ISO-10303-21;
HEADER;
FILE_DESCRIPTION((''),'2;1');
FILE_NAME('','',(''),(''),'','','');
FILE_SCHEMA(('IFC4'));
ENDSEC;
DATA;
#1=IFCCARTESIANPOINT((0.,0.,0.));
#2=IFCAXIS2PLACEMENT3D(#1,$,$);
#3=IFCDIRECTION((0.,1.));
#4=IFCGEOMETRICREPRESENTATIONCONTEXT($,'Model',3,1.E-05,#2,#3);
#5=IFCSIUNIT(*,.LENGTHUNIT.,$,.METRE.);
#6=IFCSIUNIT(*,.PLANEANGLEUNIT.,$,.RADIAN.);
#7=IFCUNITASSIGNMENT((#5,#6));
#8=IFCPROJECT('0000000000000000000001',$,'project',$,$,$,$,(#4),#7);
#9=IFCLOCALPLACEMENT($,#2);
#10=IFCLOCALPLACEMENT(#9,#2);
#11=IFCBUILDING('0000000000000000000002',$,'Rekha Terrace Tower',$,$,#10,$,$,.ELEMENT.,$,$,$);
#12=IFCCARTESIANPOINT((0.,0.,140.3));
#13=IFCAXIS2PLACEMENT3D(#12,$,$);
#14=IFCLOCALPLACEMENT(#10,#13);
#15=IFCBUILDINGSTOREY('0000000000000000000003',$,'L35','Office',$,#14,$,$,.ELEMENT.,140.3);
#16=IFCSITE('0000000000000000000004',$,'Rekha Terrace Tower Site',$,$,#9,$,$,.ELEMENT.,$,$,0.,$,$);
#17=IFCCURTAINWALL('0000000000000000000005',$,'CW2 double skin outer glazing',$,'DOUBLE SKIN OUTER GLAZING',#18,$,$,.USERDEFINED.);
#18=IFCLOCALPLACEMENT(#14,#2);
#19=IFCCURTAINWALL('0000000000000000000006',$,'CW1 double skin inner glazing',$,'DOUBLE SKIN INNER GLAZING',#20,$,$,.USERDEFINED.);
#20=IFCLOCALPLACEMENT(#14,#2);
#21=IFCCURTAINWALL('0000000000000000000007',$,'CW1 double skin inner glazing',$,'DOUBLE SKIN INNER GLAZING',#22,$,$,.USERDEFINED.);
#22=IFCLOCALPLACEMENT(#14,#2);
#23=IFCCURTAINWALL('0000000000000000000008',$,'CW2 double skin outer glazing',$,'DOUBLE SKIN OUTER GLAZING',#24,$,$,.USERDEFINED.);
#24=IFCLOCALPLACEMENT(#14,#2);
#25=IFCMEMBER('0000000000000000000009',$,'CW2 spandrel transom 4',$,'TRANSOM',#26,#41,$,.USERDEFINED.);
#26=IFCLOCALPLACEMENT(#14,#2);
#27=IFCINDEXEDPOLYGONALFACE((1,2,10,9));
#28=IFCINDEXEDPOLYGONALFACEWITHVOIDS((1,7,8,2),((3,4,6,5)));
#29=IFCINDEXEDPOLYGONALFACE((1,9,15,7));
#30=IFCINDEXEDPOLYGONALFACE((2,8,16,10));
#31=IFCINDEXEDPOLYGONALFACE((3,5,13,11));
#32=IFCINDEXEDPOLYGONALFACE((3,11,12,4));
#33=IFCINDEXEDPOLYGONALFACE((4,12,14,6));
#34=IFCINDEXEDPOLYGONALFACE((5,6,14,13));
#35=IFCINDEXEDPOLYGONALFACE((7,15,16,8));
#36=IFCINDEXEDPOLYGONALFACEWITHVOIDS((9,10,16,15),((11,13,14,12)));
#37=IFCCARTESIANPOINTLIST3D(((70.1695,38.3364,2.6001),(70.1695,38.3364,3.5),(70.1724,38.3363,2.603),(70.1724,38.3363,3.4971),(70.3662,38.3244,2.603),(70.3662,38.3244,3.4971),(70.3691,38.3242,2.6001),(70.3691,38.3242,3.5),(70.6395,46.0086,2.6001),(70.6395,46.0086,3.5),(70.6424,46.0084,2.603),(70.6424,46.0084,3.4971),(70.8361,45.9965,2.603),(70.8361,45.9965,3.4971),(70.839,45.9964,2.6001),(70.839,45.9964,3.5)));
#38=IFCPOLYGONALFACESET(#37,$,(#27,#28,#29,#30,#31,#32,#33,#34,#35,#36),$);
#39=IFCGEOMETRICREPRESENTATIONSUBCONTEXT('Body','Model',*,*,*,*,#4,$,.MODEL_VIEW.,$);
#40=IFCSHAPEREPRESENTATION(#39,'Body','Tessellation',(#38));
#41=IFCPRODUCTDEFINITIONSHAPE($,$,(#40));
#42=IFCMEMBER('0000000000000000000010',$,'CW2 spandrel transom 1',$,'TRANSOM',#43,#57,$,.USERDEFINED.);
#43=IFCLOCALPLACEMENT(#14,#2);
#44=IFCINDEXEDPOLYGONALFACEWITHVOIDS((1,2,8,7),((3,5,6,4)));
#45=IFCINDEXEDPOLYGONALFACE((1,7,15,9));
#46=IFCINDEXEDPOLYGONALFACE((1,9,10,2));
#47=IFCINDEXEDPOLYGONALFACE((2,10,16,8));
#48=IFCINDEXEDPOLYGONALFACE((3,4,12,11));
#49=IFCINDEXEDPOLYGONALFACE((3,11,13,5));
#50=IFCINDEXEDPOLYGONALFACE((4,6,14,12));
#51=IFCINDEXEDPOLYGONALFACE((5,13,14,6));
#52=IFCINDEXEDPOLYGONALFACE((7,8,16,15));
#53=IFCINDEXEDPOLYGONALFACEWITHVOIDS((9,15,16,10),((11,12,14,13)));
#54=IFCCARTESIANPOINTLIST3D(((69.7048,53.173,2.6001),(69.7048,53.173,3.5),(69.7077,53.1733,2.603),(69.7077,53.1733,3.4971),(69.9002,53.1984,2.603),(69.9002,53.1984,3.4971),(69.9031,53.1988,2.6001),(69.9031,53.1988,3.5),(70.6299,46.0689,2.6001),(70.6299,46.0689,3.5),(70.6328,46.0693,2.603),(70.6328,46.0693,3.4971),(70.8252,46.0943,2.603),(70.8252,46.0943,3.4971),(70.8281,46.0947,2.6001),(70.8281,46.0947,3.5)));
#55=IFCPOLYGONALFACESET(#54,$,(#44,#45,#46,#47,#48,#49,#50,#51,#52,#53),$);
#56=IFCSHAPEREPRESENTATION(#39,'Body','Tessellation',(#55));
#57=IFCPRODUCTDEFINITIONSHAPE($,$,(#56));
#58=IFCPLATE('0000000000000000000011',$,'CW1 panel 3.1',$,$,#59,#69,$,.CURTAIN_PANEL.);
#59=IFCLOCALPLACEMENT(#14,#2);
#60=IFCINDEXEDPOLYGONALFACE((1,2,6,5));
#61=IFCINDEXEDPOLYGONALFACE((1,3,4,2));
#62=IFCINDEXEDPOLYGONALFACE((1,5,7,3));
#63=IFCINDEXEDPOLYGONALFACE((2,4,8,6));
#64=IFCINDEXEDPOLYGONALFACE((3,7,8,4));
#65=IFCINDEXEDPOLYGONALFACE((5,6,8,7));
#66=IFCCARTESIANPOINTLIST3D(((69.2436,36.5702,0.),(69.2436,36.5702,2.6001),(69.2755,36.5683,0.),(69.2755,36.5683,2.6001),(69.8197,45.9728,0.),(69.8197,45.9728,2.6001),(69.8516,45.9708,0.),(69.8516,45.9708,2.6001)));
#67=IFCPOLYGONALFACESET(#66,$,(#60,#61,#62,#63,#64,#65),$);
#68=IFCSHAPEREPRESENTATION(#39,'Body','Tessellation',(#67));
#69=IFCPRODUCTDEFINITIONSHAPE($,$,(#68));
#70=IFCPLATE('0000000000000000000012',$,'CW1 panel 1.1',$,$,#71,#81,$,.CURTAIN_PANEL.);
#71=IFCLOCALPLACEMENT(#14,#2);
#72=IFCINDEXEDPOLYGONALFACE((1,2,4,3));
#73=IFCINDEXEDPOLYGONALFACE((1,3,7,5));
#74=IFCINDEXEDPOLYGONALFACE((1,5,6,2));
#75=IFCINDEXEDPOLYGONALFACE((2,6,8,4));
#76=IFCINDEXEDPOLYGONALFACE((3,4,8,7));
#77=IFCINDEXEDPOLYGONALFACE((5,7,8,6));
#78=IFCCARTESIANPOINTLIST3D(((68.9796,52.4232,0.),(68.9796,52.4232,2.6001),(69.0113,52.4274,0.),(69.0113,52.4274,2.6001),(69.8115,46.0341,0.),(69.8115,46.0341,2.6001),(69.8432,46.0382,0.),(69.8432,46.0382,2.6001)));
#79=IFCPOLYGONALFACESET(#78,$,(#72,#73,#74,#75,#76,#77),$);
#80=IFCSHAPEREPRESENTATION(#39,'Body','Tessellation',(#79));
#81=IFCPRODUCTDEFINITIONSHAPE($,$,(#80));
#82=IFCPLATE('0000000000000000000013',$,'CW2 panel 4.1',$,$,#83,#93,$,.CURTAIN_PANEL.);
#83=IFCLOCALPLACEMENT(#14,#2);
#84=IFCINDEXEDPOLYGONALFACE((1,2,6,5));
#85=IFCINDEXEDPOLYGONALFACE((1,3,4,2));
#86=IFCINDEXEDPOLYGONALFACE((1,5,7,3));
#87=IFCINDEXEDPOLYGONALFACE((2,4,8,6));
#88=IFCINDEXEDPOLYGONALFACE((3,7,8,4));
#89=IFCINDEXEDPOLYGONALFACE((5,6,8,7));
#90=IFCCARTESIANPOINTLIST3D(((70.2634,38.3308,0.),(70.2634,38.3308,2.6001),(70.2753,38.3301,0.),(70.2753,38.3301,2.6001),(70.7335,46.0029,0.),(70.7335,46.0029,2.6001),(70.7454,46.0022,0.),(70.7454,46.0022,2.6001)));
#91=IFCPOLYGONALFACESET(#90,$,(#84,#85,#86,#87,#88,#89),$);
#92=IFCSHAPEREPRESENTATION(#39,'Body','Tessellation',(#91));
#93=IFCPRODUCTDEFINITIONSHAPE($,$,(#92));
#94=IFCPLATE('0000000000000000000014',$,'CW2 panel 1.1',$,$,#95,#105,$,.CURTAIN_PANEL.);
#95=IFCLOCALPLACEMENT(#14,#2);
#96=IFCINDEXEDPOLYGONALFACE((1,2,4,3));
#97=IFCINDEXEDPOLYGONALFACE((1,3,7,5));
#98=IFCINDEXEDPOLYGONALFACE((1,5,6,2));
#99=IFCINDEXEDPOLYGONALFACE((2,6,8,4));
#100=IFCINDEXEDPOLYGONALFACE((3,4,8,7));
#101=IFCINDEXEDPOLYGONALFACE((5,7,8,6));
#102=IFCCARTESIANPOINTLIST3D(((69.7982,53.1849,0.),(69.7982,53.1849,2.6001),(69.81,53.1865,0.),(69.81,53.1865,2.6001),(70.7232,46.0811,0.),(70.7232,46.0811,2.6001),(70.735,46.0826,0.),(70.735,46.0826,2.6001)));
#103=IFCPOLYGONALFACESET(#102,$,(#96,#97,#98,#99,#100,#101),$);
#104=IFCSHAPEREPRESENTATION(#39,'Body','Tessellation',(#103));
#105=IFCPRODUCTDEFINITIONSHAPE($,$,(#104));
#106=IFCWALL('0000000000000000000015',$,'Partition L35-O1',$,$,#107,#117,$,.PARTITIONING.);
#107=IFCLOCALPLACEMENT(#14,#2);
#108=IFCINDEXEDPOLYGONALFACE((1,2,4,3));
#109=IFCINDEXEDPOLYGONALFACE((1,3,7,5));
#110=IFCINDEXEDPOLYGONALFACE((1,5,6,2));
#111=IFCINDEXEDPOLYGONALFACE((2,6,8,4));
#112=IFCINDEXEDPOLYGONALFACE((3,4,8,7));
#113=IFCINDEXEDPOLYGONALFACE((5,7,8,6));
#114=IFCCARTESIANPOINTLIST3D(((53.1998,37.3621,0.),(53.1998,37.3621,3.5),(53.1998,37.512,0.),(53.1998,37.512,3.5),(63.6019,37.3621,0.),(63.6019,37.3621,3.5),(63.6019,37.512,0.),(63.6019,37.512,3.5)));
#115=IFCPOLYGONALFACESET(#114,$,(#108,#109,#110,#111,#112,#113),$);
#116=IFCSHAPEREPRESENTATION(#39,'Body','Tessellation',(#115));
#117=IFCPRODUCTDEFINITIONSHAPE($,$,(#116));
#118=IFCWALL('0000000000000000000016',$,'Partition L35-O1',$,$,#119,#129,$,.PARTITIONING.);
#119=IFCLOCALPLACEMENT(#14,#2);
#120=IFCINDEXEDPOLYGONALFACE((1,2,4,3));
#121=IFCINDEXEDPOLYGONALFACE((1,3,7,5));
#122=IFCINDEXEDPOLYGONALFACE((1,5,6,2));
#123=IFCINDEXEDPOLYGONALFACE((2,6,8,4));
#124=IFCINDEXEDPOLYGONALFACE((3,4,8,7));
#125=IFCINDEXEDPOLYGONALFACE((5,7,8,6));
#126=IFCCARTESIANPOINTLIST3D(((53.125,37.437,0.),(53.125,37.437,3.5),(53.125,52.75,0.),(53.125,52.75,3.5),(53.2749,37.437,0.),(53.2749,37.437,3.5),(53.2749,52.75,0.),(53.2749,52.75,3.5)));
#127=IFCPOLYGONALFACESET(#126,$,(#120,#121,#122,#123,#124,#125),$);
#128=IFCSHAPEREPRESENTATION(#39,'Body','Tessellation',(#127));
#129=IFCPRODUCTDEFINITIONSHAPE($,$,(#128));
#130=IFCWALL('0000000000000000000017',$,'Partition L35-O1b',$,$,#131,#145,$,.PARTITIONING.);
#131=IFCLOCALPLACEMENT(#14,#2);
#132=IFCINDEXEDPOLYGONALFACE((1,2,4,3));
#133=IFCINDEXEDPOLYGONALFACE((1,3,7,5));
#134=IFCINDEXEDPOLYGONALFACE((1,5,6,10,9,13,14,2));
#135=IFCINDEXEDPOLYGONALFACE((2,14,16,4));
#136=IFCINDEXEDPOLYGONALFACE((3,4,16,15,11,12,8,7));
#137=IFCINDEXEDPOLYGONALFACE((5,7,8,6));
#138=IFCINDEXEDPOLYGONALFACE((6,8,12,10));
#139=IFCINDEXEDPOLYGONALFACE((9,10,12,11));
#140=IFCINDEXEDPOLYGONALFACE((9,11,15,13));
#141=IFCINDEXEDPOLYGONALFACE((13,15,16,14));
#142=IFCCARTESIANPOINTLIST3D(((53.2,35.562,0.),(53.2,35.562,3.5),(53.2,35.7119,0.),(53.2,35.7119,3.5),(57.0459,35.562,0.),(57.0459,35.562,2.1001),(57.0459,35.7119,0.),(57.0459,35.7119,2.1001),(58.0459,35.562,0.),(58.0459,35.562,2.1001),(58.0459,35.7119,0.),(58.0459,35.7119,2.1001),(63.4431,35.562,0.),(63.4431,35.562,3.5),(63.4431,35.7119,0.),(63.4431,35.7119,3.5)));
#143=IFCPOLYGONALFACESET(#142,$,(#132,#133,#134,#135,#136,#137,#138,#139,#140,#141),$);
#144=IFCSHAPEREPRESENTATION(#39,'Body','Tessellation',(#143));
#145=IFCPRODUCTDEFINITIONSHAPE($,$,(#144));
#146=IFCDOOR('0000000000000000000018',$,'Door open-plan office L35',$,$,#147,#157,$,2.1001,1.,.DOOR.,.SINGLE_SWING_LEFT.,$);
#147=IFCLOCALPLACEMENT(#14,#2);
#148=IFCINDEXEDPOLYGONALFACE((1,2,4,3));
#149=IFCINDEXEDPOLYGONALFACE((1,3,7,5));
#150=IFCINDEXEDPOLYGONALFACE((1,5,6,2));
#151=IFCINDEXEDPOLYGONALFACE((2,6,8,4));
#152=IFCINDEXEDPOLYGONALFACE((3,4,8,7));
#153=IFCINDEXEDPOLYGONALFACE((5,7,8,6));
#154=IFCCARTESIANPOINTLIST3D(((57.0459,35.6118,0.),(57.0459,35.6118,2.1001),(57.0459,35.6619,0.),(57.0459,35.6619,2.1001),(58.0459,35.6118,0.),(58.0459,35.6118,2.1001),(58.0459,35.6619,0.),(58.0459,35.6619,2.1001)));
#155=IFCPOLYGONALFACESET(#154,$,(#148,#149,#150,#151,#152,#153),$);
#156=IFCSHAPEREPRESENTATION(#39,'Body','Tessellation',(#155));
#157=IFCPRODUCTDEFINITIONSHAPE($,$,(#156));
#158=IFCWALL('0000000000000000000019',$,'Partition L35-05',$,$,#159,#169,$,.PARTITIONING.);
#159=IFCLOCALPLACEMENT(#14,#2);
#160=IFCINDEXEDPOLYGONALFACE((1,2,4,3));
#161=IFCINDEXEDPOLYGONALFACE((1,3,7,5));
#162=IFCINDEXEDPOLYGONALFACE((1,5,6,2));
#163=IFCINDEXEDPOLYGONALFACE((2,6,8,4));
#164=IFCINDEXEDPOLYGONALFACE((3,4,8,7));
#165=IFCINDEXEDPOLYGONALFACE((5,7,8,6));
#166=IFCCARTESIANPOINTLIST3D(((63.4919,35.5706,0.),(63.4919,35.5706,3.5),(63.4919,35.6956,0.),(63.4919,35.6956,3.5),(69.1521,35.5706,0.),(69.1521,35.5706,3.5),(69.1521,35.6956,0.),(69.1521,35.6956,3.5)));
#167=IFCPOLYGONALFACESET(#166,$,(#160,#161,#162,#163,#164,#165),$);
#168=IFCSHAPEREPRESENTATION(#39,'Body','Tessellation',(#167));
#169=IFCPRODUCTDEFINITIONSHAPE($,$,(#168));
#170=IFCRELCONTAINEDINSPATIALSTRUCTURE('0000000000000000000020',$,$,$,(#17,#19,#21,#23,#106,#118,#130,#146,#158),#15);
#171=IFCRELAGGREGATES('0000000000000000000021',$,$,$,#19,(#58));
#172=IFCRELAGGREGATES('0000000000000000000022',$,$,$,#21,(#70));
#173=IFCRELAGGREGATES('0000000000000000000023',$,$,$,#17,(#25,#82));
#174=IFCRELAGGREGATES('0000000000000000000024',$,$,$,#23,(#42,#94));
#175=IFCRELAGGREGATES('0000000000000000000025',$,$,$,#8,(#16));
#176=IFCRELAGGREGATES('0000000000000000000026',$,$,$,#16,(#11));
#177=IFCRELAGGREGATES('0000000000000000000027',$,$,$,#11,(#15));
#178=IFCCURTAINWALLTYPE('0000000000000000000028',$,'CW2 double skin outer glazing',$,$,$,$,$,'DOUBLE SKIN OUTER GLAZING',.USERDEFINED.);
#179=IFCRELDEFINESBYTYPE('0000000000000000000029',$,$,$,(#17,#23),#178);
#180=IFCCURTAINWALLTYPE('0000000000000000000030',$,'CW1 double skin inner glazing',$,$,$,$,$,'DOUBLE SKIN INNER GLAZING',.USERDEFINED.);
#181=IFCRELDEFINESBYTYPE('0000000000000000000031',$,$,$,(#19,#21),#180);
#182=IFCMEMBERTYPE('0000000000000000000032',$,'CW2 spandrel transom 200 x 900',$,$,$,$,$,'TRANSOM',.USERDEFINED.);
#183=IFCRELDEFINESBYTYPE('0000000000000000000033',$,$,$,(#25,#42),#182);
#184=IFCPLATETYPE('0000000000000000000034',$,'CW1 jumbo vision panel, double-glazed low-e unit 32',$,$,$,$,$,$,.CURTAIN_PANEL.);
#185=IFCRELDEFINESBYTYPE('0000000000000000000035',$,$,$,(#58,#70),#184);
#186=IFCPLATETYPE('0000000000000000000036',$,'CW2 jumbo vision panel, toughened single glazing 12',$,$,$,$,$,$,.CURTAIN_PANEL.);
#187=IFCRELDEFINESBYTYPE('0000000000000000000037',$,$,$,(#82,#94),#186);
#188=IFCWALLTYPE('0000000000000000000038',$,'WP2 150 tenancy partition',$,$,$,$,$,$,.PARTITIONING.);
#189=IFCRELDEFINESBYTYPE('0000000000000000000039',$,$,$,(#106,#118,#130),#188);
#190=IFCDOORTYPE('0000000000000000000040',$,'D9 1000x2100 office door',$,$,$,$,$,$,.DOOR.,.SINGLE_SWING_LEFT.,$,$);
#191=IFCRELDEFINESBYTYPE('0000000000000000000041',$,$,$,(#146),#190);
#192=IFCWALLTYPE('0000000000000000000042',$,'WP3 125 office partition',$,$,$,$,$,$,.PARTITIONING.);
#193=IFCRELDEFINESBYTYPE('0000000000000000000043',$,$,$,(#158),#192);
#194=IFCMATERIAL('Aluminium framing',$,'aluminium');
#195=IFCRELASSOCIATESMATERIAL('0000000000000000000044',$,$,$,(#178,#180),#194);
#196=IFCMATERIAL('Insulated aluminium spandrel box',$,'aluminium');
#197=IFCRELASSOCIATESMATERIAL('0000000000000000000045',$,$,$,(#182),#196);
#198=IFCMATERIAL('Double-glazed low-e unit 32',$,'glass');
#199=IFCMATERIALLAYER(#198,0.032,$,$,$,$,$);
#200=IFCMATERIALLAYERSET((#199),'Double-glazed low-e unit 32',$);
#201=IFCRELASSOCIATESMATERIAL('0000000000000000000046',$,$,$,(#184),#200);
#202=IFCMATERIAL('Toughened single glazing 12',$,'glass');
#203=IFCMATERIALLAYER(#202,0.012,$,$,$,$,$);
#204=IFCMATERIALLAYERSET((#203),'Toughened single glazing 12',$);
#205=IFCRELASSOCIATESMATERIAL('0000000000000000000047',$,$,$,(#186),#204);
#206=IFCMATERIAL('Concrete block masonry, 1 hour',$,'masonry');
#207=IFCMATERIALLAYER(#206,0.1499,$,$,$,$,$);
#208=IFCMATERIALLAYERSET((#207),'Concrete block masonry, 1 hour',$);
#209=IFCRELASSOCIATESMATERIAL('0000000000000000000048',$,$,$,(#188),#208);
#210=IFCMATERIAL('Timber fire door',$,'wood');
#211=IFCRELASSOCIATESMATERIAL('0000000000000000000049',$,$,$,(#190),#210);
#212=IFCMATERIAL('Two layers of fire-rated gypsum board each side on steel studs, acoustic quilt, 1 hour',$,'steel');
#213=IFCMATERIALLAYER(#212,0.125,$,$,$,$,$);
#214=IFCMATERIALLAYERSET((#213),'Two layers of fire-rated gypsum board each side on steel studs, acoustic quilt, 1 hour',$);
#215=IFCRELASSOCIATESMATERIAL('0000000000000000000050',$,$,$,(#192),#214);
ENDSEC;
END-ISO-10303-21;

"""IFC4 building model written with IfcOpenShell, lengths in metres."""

from ifc_helpers import new_model, si_unit, direction, frame, frame_2d, origin, origin_2d, place, context, subcontext, project, spatial, rectangle, hollow_rectangle, extrude, material, layer, layer_set, material_profile, profile_set, type_object, element, fill, aggregate, save


model = new_model("IFC4")

# Units and contexts
model_context = context("Model", 3, precision=1e-05, world=origin(), true_north=direction((0.0, 1.0)))
body_context = subcontext(model_context, "Body", "Model", "MODEL_VIEW")
ifc_project = project(units=[si_unit("LENGTHUNIT", "METRE"), si_unit("PLANEANGLEUNIT", "RADIAN")], contexts=[model_context])

# Site, building, storey
site_placement = place(None, origin())
site = spatial("IfcSite", under=ifc_project, at=site_placement, Name="Rekha Terrace Tower Site", CompositionType="ELEMENT", RefElevation=0.0)
building_placement = place(site_placement, origin())
building = spatial("IfcBuilding", under=site, at=building_placement, Name="Rekha Terrace Tower", CompositionType="ELEMENT")
storey_placement = place(building_placement, frame((0.0, 0.0, 140.3)))
storey = spatial("IfcBuildingStorey", under=building, at=storey_placement, Name="L35", Description="Office", CompositionType="ELEMENT", Elevation=140.3)

# Curtain walls
ifc_material_1 = material(Name="Aluminium framing", Category="aluminium")
curtain_wall_type_1 = type_object("IfcCurtainWallType", Name="CW2 double skin outer glazing", ElementType="DOUBLE SKIN OUTER GLAZING", PredefinedType="USERDEFINED", material=ifc_material_1)
curtain_wall_1_placement = place(storey_placement, origin())
curtain_wall_1 = element("IfcCurtainWall", 1, at=curtain_wall_1_placement, inside=storey, type_object=curtain_wall_type_1, Name="CW2 double skin outer glazing", ObjectType="DOUBLE SKIN OUTER GLAZING", PredefinedType="USERDEFINED")
curtain_wall_type_2 = type_object("IfcCurtainWallType", Name="CW1 double skin inner glazing", ElementType="DOUBLE SKIN INNER GLAZING", PredefinedType="USERDEFINED", material=ifc_material_1)
curtain_wall_2_placement = place(storey_placement, origin())
curtain_wall_2 = element("IfcCurtainWall", 2, at=curtain_wall_2_placement, inside=storey, type_object=curtain_wall_type_2, Name="CW1 double skin inner glazing", ObjectType="DOUBLE SKIN INNER GLAZING", PredefinedType="USERDEFINED")
curtain_wall_3_placement = place(storey_placement, origin())
curtain_wall_3 = element("IfcCurtainWall", 3, at=curtain_wall_3_placement, inside=storey, type_object=curtain_wall_type_2, Name="CW1 double skin inner glazing", ObjectType="DOUBLE SKIN INNER GLAZING", PredefinedType="USERDEFINED")

# Shared definitions
ifc_material_2 = material(Name="Insulated aluminium spandrel box", Category="aluminium")

# Curtain wall
curtain_wall_4_placement = place(storey_placement, origin())
curtain_wall_4 = element("IfcCurtainWall", 4, at=curtain_wall_4_placement, inside=storey, type_object=curtain_wall_type_1, Name="CW2 double skin outer glazing", ObjectType="DOUBLE SKIN OUTER GLAZING", PredefinedType="USERDEFINED")

# Members
ifc_material_profile_1 = material_profile(ifc_material_2, hollow_rectangle(XDim=0.2, YDim=0.8999, WallThickness=0.0029, at=origin_2d()), Name="AL SPANDREL BOX 200x900")
ifc_profile_set_1 = profile_set([ifc_material_profile_1], Name="Insulated aluminium spandrel box")
member_type_1 = type_object("IfcMemberType", Name="CW2 spandrel transom 200 x 900", ElementType="TRANSOM", PredefinedType="USERDEFINED", material=ifc_profile_set_1)
member_1_placement = place(storey_placement, frame((70.2693, 38.3303, 3.05), z_axis=(0.061142, 0.998129, 0.0), x_axis=(-0.998129, 0.061142, 0.0)))
member_1 = element("IfcMember", 5, at=member_1_placement, type_object=member_type_1, Name="CW2 spandrel transom 4", ObjectType="TRANSOM", PredefinedType="USERDEFINED", context=body_context, shape_type="SweptSolid", body=[
    extrude(hollow_rectangle(XDim=0.2, YDim=0.8999, WallThickness=0.0029, at=origin_2d()), origin(), (0.0, 0.0, 1.0), 7.6865),
])
member_2_placement = place(storey_placement, frame((70.729, 46.0818, 3.05), z_axis=(-0.129125, 0.991628, 0.0), x_axis=(-0.991628, -0.129125, 0.0)))
member_2 = element("IfcMember", 6, at=member_2_placement, type_object=member_type_1, Name="CW2 spandrel transom 1", ObjectType="TRANSOM", PredefinedType="USERDEFINED", context=body_context, shape_type="SweptSolid", body=[
    extrude(hollow_rectangle(XDim=0.2, YDim=0.8999, WallThickness=0.0029, at=origin_2d()), origin(), (0.0, 0.0, 1.0), 7.1641),
])

# Plates
ifc_material_3 = material(Name="Double-glazed low-e unit 32", Category="glass")
ifc_layer_1 = layer(ifc_material_3, 0.032)
ifc_layer_set_1 = layer_set([ifc_layer_1], Name="Double-glazed low-e unit 32")
plate_type_1 = type_object("IfcPlateType", Name="CW1 jumbo vision panel, double-glazed low-e unit 32", PredefinedType="CURTAIN_PANEL", material=ifc_layer_set_1)
plate_1_placement = place(storey_placement, frame((69.5476, 41.2705, 0.0), z_axis=(0.0, 0.0, 1.0), x_axis=(0.06116, 0.998128, 0.0)))
plate_1 = element("IfcPlate", 7, at=plate_1_placement, type_object=plate_type_1, Name="CW1 panel 3.1", PredefinedType="CURTAIN_PANEL", context=body_context, shape_type="SweptSolid", body=[
    extrude(rectangle(XDim=9.4202, YDim=0.032, at=origin_2d()), origin(), (0.0, 0.0, 1.0), 2.6001),
])
aggregate(curtain_wall_2, [plate_1])
plate_2_placement = place(storey_placement, frame((69.4114, 49.2307, 0.0), z_axis=(0.0, 0.0, 1.0), x_axis=(-0.129118, 0.991629, 0.0)))
plate_2 = element("IfcPlate", 8, at=plate_2_placement, type_object=plate_type_1, Name="CW1 panel 1.1", PredefinedType="CURTAIN_PANEL", context=body_context, shape_type="SweptSolid", body=[
    extrude(rectangle(XDim=6.4431, YDim=0.032, at=origin_2d()), origin(), (0.0, 0.0, 1.0), 2.6001),
])
aggregate(curtain_wall_3, [plate_2])
ifc_material_4 = material(Name="Toughened single glazing 12", Category="glass")
ifc_layer_2 = layer(ifc_material_4, 0.012)
ifc_layer_set_2 = layer_set([ifc_layer_2], Name="Toughened single glazing 12")
plate_type_2 = type_object("IfcPlateType", Name="CW2 jumbo vision panel, toughened single glazing 12", PredefinedType="CURTAIN_PANEL", material=ifc_layer_set_2)
plate_3_placement = place(storey_placement, frame((70.5044, 42.1665, 0.0), z_axis=(0.0, 0.0, 1.0), x_axis=(0.06116, 0.998128, 0.0)))
plate_3 = element("IfcPlate", 9, at=plate_3_placement, type_object=plate_type_2, Name="CW2 panel 4.1", PredefinedType="CURTAIN_PANEL", context=body_context, shape_type="SweptSolid", body=[
    extrude(rectangle(XDim=7.6865, YDim=0.012, at=origin_2d()), origin(), (0.0, 0.0, 1.0), 2.6001),
])
aggregate(curtain_wall_1, [member_1, plate_3])
plate_4_placement = place(storey_placement, frame((70.2666, 49.6338, 0.0), z_axis=(0.0, 0.0, 1.0), x_axis=(-0.129118, 0.991629, 0.0)))
plate_4 = element("IfcPlate", 10, at=plate_4_placement, type_object=plate_type_2, Name="CW2 panel 1.1", PredefinedType="CURTAIN_PANEL", context=body_context, shape_type="SweptSolid", body=[
    extrude(rectangle(XDim=7.1638, YDim=0.012, at=origin_2d()), origin(), (0.0, 0.0, 1.0), 2.6001),
])
aggregate(curtain_wall_4, [member_2, plate_4])

# Walls
ifc_material_5 = material(Name="Concrete block masonry, 1 hour", Category="masonry")
ifc_layer_3 = layer(ifc_material_5, 0.1499)
ifc_layer_set_3 = layer_set([ifc_layer_3], Name="Concrete block masonry, 1 hour")
wall_type_1 = type_object("IfcWallType", Name="WP2 150 tenancy partition", PredefinedType="PARTITIONING", material=ifc_layer_set_3)
wall_1_placement = place(storey_placement, frame((63.6021, 37.437, 0.0), z_axis=(0.0, 0.0, 1.0), x_axis=(-1.0, 0.0, 0.0)))
element("IfcWall", 11, at=wall_1_placement, inside=storey, type_object=wall_type_1, Name="Partition L35-O1", PredefinedType="PARTITIONING", context=body_context, shape_type="SweptSolid", body=[
    extrude(rectangle(XDim=10.4021, YDim=0.1499, at=frame_2d((5.2012, 0.0))), origin(), (0.0, 0.0, 1.0), 3.5),
])
wall_2_placement = place(storey_placement, frame((53.2, 37.437, 0.0), z_axis=(0.0, 0.0, 1.0), x_axis=(0.0, 1.0, 0.0)))
element("IfcWall", 12, at=wall_2_placement, inside=storey, type_object=wall_type_1, Name="Partition L35-O1", PredefinedType="PARTITIONING", context=body_context, shape_type="SweptSolid", body=[
    extrude(rectangle(XDim=15.313, YDim=0.1499, at=frame_2d((7.6565, 0.0))), origin(), (0.0, 0.0, 1.0), 3.5),
])

# Wall, opening, door
wall_3_placement = place(storey_placement, frame((53.2, 35.637, 0.0), z_axis=(0.0, 0.0, 1.0), x_axis=(1.0, 0.0, 0.0)))
wall_3 = element("IfcWall", 13, at=wall_3_placement, inside=storey, type_object=wall_type_1, Name="Partition L35-O1b", PredefinedType="PARTITIONING", context=body_context, shape_type="SweptSolid", body=[
    extrude(rectangle(XDim=10.2432, YDim=0.1499, at=frame_2d((5.1216, 0.0))), origin(), (0.0, 0.0, 1.0), 3.5),
])
opening_1_placement = place(wall_3_placement, frame((3.8459, 0.0, 0.0)))
opening_1 = element("IfcOpeningElement", 14, at=opening_1_placement, cuts=wall_3, PredefinedType="OPENING", context=body_context, shape_type="SweptSolid", body=[
    extrude(rectangle(XDim=1.0, YDim=2.1001, at=frame_2d((0.5, 1.05))), frame((0.0, 0.085, 0.0), z_axis=(0.0, -1.0, 0.0), x_axis=(1.0, 0.0, 0.0)), (0.0, 0.0, 1.0), 0.1699),
])
ifc_material_6 = material(Name="Timber fire door", Category="wood")
door_type = type_object("IfcDoorType", Name="D9 1000x2100 office door", OperationType="SINGLE_SWING_LEFT", PredefinedType="DOOR", material=ifc_material_6)
door_1_placement = place(opening_1_placement, origin())
door_1 = element("IfcDoor", 15, at=door_1_placement, inside=storey, type_object=door_type, Name="Door open-plan office L35", OperationType="SINGLE_SWING_LEFT", OverallHeight=2.1001, OverallWidth=1.0, PredefinedType="DOOR", context=body_context, shape_type="SweptSolid", body=[
    extrude(rectangle(XDim=1.0, YDim=2.1001, at=frame_2d((0.5, 1.05))), frame((0.0, 0.0249, 0.0), z_axis=(0.0, -1.0, 0.0), x_axis=(1.0, 0.0, 0.0)), (0.0, 0.0, 1.0), 0.05),
])
fill(opening_1, door_1)

# Wall
ifc_material_7 = material(Name="Two layers of fire-rated gypsum board each side on steel studs, acoustic quilt, 1 hour", Category="steel")
ifc_layer_4 = layer(ifc_material_7, 0.125)
ifc_layer_set_4 = layer_set([ifc_layer_4], Name="Two layers of fire-rated gypsum board each side on steel studs, acoustic quilt, 1 hour")
wall_type_2 = type_object("IfcWallType", Name="WP3 125 office partition", PredefinedType="PARTITIONING", material=ifc_layer_set_4)
wall_4_placement = place(storey_placement, frame((63.4919, 35.6331, 0.0), z_axis=(0.0, 0.0, 1.0), x_axis=(1.0, 0.0, 0.0)))
element("IfcWall", 16, at=wall_4_placement, inside=storey, type_object=wall_type_2, Name="Partition L35-05", PredefinedType="PARTITIONING", context=body_context, shape_type="SweptSolid", body=[
    extrude(rectangle(XDim=5.6602, YDim=0.125, at=frame_2d((2.8301, 0.0))), origin(), (0.0, 0.0, 1.0), 3.5),
])

save(model, "model.ifc")
